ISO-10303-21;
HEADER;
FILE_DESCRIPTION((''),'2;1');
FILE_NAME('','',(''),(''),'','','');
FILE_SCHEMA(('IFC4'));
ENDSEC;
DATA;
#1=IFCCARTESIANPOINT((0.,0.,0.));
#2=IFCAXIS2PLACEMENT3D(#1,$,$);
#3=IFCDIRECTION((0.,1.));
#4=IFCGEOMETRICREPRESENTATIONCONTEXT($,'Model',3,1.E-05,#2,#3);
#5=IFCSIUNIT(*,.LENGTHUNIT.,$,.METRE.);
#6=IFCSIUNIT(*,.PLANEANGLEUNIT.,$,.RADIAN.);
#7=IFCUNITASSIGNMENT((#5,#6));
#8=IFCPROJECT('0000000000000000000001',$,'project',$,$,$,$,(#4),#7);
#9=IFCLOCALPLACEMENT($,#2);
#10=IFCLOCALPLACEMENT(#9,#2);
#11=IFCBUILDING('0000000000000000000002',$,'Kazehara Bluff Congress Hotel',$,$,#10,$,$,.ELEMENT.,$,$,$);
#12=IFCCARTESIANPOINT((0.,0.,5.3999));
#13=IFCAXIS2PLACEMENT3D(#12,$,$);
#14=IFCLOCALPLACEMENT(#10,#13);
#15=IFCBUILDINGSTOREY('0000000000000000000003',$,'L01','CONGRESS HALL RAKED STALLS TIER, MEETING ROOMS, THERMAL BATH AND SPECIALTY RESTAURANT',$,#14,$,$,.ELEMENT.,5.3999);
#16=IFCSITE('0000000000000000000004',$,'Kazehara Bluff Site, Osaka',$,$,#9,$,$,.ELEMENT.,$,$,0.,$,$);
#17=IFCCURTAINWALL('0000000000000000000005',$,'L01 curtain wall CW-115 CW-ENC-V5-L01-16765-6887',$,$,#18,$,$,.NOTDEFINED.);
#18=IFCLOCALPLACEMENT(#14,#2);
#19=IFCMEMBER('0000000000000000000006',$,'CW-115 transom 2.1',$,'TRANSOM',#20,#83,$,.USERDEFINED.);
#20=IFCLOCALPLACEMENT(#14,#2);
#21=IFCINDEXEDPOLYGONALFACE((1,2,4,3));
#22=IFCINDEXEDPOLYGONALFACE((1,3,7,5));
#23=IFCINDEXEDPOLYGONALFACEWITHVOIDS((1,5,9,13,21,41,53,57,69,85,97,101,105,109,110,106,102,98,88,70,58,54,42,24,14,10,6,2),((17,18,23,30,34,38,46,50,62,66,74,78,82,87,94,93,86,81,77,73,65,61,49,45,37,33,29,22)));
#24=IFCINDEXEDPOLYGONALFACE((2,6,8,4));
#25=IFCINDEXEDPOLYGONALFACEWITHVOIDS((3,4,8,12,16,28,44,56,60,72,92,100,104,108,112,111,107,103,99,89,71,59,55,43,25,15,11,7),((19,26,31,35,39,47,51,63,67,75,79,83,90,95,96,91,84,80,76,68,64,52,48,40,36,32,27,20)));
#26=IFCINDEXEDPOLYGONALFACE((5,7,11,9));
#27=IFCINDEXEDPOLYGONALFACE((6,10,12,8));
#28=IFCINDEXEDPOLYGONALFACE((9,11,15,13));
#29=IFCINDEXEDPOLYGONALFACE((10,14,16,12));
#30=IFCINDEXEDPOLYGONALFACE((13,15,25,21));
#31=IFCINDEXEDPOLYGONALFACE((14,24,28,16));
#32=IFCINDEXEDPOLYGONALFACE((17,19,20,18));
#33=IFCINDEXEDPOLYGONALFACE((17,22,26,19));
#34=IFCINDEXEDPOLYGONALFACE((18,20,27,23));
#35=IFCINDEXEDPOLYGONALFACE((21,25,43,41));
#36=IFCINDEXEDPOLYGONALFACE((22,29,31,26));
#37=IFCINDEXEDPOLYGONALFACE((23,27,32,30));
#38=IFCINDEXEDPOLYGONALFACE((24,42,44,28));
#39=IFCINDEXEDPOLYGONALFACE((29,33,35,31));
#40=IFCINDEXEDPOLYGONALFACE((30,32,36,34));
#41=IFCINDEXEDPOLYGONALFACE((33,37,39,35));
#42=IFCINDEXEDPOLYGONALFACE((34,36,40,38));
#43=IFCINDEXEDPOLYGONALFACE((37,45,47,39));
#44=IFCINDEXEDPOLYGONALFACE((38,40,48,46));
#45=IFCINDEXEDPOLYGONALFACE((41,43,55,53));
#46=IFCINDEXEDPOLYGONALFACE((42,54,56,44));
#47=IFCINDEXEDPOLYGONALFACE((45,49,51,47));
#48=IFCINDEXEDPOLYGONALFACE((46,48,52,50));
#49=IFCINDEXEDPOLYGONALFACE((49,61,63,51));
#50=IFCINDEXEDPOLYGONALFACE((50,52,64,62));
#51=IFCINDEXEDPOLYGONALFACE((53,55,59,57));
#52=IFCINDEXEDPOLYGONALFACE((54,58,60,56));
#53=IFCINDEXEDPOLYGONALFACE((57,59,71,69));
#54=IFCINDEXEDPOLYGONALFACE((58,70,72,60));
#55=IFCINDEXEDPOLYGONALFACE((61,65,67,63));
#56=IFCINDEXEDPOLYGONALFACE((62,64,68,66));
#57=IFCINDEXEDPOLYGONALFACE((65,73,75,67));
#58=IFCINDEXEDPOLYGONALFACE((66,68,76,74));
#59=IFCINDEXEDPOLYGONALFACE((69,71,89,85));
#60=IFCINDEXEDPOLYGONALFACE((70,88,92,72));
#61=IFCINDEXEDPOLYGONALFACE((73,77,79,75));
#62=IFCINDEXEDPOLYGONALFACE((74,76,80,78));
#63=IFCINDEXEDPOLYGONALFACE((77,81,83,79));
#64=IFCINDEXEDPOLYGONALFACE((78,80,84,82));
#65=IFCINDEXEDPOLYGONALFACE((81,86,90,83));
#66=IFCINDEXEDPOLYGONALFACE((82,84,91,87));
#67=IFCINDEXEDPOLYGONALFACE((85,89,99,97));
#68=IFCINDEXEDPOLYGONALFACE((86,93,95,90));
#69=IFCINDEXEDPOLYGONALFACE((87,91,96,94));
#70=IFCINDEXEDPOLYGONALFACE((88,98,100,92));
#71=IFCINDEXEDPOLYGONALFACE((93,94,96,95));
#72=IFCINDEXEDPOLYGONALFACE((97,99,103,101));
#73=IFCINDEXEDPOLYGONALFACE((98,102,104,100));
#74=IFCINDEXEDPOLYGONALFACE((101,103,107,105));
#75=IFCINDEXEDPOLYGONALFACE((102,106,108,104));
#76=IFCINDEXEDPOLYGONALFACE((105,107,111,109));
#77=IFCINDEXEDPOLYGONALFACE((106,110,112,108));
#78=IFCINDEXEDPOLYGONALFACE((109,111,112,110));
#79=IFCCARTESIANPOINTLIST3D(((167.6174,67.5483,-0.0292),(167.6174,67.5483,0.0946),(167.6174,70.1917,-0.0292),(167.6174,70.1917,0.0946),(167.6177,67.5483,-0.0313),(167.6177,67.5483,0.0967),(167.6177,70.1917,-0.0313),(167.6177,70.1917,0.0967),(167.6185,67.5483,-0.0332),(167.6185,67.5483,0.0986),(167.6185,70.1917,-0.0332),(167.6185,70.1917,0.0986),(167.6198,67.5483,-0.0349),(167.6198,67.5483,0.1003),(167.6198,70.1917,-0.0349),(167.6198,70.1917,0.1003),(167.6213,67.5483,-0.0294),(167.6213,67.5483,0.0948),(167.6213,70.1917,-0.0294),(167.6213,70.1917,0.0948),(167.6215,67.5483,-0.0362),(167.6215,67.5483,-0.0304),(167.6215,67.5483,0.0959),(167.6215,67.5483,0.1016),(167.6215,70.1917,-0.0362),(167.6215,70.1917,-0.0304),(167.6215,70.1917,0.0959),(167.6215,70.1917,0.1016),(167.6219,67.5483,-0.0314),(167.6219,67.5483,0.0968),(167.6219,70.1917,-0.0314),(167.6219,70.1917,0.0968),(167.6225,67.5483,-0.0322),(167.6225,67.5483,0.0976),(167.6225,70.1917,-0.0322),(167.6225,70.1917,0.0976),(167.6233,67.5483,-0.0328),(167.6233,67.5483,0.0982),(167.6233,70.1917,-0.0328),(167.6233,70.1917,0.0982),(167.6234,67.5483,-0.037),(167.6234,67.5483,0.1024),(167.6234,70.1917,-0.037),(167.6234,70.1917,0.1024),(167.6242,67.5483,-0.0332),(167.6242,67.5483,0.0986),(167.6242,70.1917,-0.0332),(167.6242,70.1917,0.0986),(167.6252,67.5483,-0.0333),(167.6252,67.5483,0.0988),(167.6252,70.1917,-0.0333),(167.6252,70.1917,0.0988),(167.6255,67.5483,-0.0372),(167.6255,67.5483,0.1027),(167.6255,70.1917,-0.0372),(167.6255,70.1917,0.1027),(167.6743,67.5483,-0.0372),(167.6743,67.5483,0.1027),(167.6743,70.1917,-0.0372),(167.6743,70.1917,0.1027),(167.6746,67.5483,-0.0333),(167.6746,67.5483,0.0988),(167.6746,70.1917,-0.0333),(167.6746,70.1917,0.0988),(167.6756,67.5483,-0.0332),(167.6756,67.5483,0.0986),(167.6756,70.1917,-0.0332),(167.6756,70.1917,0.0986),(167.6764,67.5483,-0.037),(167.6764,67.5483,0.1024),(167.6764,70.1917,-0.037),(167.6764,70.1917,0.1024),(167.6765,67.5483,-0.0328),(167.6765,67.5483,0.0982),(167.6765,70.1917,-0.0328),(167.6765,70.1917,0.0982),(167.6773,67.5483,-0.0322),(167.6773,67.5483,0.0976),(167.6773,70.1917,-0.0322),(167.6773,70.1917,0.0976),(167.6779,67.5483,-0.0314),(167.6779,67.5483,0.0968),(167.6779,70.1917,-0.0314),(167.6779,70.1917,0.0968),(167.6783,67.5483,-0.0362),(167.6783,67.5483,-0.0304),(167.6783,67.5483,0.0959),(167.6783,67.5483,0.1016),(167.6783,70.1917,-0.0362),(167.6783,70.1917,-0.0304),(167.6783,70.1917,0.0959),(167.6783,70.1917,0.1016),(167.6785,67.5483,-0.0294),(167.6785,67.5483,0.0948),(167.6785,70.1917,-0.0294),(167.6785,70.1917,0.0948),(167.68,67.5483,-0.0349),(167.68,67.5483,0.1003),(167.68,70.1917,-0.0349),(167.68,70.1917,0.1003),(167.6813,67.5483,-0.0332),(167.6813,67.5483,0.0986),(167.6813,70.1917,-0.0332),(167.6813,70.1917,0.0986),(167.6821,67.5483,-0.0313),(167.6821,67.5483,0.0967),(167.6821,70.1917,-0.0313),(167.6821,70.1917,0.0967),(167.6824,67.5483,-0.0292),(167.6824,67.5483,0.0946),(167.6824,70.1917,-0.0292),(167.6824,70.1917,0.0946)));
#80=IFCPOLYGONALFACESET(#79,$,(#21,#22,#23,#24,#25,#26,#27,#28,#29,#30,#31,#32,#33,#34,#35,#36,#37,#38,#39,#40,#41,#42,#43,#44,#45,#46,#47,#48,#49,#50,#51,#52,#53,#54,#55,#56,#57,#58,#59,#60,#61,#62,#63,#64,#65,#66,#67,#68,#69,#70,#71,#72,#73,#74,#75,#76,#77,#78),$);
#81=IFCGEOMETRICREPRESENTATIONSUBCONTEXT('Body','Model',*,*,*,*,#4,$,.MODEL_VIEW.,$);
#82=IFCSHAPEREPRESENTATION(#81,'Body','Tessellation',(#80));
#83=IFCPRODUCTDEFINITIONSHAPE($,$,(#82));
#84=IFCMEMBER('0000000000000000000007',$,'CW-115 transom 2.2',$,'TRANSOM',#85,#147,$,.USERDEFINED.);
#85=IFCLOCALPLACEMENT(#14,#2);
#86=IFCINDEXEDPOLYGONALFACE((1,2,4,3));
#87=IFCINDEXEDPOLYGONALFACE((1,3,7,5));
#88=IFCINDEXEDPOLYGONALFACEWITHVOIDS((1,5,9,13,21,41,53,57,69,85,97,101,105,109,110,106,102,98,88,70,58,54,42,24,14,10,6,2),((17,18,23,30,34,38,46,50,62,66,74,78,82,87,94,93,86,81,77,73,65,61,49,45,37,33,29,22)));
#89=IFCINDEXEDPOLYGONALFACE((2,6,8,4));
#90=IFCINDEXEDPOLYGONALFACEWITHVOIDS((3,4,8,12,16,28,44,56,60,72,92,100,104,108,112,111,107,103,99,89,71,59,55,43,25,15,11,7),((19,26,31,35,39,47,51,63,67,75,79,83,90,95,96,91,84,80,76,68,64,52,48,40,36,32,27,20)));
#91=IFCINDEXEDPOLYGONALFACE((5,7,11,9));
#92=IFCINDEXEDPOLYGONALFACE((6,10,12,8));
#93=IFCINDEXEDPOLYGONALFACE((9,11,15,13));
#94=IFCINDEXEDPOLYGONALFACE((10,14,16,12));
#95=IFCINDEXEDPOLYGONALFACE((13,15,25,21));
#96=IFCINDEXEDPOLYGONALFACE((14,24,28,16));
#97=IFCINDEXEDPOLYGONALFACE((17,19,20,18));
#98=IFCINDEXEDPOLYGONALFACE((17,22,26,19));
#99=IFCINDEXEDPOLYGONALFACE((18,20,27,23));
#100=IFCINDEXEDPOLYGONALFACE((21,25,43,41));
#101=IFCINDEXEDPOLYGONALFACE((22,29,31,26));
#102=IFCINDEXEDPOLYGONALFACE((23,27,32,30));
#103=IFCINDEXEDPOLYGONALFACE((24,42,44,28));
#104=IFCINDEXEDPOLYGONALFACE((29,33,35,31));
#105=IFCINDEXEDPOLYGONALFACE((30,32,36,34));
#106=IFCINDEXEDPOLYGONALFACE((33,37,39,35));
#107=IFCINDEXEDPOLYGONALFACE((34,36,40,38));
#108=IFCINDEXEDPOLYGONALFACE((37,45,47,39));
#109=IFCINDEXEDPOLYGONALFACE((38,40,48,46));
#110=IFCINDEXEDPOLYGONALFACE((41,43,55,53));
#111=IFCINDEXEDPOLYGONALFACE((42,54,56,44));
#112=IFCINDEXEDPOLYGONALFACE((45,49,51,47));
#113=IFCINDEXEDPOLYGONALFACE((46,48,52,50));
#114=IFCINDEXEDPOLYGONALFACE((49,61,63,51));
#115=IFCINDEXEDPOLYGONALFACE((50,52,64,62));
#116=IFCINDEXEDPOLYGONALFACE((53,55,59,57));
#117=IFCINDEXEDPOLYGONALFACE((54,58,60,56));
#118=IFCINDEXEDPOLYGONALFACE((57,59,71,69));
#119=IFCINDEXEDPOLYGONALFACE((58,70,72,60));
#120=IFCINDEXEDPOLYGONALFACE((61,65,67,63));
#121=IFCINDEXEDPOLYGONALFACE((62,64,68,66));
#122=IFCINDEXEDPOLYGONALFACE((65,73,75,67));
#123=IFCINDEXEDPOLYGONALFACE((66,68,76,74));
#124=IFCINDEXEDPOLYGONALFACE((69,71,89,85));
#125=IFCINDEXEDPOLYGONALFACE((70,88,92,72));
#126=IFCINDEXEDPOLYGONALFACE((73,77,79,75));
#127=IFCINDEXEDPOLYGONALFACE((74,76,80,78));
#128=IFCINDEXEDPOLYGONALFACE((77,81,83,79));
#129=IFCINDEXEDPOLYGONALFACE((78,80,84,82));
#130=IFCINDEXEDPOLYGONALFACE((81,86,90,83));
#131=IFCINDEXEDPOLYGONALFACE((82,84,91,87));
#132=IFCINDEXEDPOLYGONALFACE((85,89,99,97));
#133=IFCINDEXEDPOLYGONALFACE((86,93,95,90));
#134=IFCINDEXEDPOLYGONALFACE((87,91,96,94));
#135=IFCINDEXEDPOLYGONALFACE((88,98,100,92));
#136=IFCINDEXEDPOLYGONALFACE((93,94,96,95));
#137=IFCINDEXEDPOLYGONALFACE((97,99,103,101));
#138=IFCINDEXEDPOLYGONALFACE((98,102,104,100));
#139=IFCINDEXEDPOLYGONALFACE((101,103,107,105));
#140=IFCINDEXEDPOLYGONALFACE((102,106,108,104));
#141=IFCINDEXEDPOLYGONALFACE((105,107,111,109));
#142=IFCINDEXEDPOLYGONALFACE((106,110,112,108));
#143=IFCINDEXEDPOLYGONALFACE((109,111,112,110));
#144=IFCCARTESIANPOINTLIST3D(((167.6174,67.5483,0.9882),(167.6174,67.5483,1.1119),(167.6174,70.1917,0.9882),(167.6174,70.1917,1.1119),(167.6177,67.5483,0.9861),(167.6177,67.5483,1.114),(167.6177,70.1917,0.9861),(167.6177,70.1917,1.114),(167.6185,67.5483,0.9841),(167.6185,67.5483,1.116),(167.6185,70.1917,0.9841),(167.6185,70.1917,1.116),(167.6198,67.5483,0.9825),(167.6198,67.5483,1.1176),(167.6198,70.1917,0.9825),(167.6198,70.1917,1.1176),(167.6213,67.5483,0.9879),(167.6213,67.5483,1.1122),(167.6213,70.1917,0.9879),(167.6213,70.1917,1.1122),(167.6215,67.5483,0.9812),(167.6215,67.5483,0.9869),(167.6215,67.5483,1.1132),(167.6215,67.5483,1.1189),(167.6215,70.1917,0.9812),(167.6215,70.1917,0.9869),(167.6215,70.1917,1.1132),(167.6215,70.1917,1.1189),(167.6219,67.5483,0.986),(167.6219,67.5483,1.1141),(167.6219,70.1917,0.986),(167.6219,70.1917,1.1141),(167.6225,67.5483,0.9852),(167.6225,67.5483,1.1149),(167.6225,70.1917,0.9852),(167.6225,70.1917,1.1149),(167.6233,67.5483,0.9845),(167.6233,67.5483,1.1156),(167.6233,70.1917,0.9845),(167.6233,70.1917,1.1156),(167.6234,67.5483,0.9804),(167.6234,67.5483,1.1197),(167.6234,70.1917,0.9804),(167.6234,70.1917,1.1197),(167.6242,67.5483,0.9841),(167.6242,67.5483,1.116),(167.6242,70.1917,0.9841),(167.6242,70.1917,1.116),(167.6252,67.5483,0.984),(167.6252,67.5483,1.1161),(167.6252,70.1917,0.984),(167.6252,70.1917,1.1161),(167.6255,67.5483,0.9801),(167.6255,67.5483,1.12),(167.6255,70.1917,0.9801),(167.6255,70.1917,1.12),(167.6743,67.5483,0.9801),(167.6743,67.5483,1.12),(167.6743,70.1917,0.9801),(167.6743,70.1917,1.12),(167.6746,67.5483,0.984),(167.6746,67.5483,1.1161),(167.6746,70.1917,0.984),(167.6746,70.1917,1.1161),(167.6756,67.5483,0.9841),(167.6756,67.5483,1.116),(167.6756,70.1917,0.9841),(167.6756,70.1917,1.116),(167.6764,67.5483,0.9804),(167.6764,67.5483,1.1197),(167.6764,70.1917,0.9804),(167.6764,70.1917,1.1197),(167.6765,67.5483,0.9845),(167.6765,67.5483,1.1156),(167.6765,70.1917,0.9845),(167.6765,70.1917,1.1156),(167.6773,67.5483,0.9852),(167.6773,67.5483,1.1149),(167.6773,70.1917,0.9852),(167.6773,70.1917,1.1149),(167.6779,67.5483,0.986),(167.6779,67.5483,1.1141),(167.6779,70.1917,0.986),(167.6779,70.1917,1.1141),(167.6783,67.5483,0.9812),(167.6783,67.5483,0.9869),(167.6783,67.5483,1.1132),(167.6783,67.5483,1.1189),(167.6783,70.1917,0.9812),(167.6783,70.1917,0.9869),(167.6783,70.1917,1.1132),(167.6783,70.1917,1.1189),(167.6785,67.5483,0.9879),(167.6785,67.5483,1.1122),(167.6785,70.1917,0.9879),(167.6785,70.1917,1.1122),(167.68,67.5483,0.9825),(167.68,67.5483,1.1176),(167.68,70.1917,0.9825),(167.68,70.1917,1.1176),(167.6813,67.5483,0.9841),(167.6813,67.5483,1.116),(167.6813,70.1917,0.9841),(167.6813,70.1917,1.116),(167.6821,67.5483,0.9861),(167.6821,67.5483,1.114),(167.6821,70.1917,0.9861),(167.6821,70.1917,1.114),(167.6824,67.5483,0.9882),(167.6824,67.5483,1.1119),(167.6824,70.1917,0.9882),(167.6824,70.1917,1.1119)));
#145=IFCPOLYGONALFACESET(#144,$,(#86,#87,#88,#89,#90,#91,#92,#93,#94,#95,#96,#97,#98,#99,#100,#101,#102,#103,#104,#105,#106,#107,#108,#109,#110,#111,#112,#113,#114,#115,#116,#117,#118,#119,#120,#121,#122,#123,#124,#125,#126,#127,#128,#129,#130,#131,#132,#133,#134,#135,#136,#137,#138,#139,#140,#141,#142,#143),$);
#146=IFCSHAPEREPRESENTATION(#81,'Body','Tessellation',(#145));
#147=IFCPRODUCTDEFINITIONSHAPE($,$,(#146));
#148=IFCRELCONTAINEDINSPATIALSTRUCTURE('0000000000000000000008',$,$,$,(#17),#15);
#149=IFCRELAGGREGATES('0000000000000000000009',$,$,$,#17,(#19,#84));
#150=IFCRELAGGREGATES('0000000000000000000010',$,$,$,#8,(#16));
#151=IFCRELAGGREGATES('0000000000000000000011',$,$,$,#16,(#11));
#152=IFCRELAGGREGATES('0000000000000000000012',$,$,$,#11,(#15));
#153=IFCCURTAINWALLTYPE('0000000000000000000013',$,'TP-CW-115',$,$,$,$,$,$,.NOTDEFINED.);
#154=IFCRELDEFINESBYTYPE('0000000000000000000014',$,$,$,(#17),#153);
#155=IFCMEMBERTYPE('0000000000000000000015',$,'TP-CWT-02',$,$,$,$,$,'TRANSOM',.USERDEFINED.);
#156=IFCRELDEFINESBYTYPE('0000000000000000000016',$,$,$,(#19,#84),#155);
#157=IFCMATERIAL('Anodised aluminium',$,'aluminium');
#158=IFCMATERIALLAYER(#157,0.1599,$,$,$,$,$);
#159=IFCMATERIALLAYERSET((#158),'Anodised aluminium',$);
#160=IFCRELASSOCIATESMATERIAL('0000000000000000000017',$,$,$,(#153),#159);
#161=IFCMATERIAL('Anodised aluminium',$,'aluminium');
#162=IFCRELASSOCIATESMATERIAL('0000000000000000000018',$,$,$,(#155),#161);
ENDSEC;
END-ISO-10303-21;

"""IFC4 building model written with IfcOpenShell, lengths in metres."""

from ifc_helpers import new_model, si_unit, direction, frame, origin, origin_2d, place, context, subcontext, project, spatial, hollow_rectangle, extrude, material, layer, layer_set, material_profile, profile_set, type_object, element, aggregate, save


model = new_model("IFC4")

# Units and contexts
model_context = context("Model", 3, precision=1e-05, world=origin(), true_north=direction((0.0, 1.0)))
body_context = subcontext(model_context, "Body", "Model", "MODEL_VIEW")
ifc_project = project(units=[si_unit("LENGTHUNIT", "METRE"), si_unit("PLANEANGLEUNIT", "RADIAN")], contexts=[model_context])

# Site, building, storey
site_placement = place(None, origin())
site = spatial("IfcSite", under=ifc_project, at=site_placement, Name="Kazehara Bluff Site, Osaka", CompositionType="ELEMENT", RefElevation=0.0)
building_placement = place(site_placement, origin())
building = spatial("IfcBuilding", under=site, at=building_placement, Name="Kazehara Bluff Congress Hotel", CompositionType="ELEMENT")
storey_placement = place(building_placement, frame((0.0, 0.0, 5.3999)))
storey = spatial("IfcBuildingStorey", under=building, at=storey_placement, Name="L01", Description="CONGRESS HALL RAKED STALLS TIER, MEETING ROOMS, THERMAL BATH AND SPECIALTY RESTAURANT", CompositionType="ELEMENT", Elevation=5.3999)

# Curtain wall, members
ifc_material_1 = material(Name="Anodised aluminium", Category="aluminium")
ifc_layer_1 = layer(ifc_material_1, 0.1599)
ifc_layer_set_1 = layer_set([ifc_layer_1], Name="Anodised aluminium")
curtain_wall_type_1 = type_object("IfcCurtainWallType", Name="TP-CW-115", PredefinedType="NOTDEFINED", material=ifc_layer_set_1)
curtain_wall_1_placement = place(storey_placement, origin())
curtain_wall_1 = element("IfcCurtainWall", 1, at=curtain_wall_1_placement, inside=storey, type_object=curtain_wall_type_1, Name="L01 curtain wall CW-115 CW-ENC-V5-L01-16765-6887", PredefinedType="NOTDEFINED")
ifc_material_2 = material(Name="Anodised aluminium", Category="aluminium")
ifc_material_profile_1 = material_profile(ifc_material_2, hollow_rectangle(XDim=0.0649, YDim=0.1399, WallThickness=0.0039, InnerFilletRadius=0.0039, OuterFilletRadius=0.0081, at=origin_2d()))
ifc_profile_set_1 = profile_set([ifc_material_profile_1], Name="Anodised aluminium")
member_type_1 = type_object("IfcMemberType", Name="TP-CWT-02", ElementType="TRANSOM", PredefinedType="USERDEFINED", material=ifc_profile_set_1)
member_1_placement = place(storey_placement, frame((167.6499, 70.1917, 0.0327), z_axis=(0.0, -1.0, 0.0), x_axis=(1.0, 0.0, 0.0)))
member_1 = element("IfcMember", 2, at=member_1_placement, type_object=member_type_1, Name="CW-115 transom 2.1", ObjectType="TRANSOM", PredefinedType="USERDEFINED", context=body_context, shape_type="SweptSolid", body=[
    extrude(hollow_rectangle(XDim=0.0649, YDim=0.1399, WallThickness=0.0039, InnerFilletRadius=0.0039, OuterFilletRadius=0.0081, at=origin_2d()), origin(), (0.0, 0.0, 1.0), 2.6433),
])
member_2_placement = place(storey_placement, frame((167.6499, 70.1917, 1.05), z_axis=(0.0, -1.0, 0.0), x_axis=(1.0, 0.0, 0.0)))
member_2 = element("IfcMember", 3, at=member_2_placement, type_object=member_type_1, Name="CW-115 transom 2.2", ObjectType="TRANSOM", PredefinedType="USERDEFINED", context=body_context, shape_type="SweptSolid", body=[
    extrude(hollow_rectangle(XDim=0.0649, YDim=0.1399, WallThickness=0.0039, InnerFilletRadius=0.0039, OuterFilletRadius=0.0081, at=origin_2d()), origin(), (0.0, 0.0, 1.0), 2.6433),
])

aggregate(curtain_wall_1, [member_1, member_2])

save(model, "model.ifc")
